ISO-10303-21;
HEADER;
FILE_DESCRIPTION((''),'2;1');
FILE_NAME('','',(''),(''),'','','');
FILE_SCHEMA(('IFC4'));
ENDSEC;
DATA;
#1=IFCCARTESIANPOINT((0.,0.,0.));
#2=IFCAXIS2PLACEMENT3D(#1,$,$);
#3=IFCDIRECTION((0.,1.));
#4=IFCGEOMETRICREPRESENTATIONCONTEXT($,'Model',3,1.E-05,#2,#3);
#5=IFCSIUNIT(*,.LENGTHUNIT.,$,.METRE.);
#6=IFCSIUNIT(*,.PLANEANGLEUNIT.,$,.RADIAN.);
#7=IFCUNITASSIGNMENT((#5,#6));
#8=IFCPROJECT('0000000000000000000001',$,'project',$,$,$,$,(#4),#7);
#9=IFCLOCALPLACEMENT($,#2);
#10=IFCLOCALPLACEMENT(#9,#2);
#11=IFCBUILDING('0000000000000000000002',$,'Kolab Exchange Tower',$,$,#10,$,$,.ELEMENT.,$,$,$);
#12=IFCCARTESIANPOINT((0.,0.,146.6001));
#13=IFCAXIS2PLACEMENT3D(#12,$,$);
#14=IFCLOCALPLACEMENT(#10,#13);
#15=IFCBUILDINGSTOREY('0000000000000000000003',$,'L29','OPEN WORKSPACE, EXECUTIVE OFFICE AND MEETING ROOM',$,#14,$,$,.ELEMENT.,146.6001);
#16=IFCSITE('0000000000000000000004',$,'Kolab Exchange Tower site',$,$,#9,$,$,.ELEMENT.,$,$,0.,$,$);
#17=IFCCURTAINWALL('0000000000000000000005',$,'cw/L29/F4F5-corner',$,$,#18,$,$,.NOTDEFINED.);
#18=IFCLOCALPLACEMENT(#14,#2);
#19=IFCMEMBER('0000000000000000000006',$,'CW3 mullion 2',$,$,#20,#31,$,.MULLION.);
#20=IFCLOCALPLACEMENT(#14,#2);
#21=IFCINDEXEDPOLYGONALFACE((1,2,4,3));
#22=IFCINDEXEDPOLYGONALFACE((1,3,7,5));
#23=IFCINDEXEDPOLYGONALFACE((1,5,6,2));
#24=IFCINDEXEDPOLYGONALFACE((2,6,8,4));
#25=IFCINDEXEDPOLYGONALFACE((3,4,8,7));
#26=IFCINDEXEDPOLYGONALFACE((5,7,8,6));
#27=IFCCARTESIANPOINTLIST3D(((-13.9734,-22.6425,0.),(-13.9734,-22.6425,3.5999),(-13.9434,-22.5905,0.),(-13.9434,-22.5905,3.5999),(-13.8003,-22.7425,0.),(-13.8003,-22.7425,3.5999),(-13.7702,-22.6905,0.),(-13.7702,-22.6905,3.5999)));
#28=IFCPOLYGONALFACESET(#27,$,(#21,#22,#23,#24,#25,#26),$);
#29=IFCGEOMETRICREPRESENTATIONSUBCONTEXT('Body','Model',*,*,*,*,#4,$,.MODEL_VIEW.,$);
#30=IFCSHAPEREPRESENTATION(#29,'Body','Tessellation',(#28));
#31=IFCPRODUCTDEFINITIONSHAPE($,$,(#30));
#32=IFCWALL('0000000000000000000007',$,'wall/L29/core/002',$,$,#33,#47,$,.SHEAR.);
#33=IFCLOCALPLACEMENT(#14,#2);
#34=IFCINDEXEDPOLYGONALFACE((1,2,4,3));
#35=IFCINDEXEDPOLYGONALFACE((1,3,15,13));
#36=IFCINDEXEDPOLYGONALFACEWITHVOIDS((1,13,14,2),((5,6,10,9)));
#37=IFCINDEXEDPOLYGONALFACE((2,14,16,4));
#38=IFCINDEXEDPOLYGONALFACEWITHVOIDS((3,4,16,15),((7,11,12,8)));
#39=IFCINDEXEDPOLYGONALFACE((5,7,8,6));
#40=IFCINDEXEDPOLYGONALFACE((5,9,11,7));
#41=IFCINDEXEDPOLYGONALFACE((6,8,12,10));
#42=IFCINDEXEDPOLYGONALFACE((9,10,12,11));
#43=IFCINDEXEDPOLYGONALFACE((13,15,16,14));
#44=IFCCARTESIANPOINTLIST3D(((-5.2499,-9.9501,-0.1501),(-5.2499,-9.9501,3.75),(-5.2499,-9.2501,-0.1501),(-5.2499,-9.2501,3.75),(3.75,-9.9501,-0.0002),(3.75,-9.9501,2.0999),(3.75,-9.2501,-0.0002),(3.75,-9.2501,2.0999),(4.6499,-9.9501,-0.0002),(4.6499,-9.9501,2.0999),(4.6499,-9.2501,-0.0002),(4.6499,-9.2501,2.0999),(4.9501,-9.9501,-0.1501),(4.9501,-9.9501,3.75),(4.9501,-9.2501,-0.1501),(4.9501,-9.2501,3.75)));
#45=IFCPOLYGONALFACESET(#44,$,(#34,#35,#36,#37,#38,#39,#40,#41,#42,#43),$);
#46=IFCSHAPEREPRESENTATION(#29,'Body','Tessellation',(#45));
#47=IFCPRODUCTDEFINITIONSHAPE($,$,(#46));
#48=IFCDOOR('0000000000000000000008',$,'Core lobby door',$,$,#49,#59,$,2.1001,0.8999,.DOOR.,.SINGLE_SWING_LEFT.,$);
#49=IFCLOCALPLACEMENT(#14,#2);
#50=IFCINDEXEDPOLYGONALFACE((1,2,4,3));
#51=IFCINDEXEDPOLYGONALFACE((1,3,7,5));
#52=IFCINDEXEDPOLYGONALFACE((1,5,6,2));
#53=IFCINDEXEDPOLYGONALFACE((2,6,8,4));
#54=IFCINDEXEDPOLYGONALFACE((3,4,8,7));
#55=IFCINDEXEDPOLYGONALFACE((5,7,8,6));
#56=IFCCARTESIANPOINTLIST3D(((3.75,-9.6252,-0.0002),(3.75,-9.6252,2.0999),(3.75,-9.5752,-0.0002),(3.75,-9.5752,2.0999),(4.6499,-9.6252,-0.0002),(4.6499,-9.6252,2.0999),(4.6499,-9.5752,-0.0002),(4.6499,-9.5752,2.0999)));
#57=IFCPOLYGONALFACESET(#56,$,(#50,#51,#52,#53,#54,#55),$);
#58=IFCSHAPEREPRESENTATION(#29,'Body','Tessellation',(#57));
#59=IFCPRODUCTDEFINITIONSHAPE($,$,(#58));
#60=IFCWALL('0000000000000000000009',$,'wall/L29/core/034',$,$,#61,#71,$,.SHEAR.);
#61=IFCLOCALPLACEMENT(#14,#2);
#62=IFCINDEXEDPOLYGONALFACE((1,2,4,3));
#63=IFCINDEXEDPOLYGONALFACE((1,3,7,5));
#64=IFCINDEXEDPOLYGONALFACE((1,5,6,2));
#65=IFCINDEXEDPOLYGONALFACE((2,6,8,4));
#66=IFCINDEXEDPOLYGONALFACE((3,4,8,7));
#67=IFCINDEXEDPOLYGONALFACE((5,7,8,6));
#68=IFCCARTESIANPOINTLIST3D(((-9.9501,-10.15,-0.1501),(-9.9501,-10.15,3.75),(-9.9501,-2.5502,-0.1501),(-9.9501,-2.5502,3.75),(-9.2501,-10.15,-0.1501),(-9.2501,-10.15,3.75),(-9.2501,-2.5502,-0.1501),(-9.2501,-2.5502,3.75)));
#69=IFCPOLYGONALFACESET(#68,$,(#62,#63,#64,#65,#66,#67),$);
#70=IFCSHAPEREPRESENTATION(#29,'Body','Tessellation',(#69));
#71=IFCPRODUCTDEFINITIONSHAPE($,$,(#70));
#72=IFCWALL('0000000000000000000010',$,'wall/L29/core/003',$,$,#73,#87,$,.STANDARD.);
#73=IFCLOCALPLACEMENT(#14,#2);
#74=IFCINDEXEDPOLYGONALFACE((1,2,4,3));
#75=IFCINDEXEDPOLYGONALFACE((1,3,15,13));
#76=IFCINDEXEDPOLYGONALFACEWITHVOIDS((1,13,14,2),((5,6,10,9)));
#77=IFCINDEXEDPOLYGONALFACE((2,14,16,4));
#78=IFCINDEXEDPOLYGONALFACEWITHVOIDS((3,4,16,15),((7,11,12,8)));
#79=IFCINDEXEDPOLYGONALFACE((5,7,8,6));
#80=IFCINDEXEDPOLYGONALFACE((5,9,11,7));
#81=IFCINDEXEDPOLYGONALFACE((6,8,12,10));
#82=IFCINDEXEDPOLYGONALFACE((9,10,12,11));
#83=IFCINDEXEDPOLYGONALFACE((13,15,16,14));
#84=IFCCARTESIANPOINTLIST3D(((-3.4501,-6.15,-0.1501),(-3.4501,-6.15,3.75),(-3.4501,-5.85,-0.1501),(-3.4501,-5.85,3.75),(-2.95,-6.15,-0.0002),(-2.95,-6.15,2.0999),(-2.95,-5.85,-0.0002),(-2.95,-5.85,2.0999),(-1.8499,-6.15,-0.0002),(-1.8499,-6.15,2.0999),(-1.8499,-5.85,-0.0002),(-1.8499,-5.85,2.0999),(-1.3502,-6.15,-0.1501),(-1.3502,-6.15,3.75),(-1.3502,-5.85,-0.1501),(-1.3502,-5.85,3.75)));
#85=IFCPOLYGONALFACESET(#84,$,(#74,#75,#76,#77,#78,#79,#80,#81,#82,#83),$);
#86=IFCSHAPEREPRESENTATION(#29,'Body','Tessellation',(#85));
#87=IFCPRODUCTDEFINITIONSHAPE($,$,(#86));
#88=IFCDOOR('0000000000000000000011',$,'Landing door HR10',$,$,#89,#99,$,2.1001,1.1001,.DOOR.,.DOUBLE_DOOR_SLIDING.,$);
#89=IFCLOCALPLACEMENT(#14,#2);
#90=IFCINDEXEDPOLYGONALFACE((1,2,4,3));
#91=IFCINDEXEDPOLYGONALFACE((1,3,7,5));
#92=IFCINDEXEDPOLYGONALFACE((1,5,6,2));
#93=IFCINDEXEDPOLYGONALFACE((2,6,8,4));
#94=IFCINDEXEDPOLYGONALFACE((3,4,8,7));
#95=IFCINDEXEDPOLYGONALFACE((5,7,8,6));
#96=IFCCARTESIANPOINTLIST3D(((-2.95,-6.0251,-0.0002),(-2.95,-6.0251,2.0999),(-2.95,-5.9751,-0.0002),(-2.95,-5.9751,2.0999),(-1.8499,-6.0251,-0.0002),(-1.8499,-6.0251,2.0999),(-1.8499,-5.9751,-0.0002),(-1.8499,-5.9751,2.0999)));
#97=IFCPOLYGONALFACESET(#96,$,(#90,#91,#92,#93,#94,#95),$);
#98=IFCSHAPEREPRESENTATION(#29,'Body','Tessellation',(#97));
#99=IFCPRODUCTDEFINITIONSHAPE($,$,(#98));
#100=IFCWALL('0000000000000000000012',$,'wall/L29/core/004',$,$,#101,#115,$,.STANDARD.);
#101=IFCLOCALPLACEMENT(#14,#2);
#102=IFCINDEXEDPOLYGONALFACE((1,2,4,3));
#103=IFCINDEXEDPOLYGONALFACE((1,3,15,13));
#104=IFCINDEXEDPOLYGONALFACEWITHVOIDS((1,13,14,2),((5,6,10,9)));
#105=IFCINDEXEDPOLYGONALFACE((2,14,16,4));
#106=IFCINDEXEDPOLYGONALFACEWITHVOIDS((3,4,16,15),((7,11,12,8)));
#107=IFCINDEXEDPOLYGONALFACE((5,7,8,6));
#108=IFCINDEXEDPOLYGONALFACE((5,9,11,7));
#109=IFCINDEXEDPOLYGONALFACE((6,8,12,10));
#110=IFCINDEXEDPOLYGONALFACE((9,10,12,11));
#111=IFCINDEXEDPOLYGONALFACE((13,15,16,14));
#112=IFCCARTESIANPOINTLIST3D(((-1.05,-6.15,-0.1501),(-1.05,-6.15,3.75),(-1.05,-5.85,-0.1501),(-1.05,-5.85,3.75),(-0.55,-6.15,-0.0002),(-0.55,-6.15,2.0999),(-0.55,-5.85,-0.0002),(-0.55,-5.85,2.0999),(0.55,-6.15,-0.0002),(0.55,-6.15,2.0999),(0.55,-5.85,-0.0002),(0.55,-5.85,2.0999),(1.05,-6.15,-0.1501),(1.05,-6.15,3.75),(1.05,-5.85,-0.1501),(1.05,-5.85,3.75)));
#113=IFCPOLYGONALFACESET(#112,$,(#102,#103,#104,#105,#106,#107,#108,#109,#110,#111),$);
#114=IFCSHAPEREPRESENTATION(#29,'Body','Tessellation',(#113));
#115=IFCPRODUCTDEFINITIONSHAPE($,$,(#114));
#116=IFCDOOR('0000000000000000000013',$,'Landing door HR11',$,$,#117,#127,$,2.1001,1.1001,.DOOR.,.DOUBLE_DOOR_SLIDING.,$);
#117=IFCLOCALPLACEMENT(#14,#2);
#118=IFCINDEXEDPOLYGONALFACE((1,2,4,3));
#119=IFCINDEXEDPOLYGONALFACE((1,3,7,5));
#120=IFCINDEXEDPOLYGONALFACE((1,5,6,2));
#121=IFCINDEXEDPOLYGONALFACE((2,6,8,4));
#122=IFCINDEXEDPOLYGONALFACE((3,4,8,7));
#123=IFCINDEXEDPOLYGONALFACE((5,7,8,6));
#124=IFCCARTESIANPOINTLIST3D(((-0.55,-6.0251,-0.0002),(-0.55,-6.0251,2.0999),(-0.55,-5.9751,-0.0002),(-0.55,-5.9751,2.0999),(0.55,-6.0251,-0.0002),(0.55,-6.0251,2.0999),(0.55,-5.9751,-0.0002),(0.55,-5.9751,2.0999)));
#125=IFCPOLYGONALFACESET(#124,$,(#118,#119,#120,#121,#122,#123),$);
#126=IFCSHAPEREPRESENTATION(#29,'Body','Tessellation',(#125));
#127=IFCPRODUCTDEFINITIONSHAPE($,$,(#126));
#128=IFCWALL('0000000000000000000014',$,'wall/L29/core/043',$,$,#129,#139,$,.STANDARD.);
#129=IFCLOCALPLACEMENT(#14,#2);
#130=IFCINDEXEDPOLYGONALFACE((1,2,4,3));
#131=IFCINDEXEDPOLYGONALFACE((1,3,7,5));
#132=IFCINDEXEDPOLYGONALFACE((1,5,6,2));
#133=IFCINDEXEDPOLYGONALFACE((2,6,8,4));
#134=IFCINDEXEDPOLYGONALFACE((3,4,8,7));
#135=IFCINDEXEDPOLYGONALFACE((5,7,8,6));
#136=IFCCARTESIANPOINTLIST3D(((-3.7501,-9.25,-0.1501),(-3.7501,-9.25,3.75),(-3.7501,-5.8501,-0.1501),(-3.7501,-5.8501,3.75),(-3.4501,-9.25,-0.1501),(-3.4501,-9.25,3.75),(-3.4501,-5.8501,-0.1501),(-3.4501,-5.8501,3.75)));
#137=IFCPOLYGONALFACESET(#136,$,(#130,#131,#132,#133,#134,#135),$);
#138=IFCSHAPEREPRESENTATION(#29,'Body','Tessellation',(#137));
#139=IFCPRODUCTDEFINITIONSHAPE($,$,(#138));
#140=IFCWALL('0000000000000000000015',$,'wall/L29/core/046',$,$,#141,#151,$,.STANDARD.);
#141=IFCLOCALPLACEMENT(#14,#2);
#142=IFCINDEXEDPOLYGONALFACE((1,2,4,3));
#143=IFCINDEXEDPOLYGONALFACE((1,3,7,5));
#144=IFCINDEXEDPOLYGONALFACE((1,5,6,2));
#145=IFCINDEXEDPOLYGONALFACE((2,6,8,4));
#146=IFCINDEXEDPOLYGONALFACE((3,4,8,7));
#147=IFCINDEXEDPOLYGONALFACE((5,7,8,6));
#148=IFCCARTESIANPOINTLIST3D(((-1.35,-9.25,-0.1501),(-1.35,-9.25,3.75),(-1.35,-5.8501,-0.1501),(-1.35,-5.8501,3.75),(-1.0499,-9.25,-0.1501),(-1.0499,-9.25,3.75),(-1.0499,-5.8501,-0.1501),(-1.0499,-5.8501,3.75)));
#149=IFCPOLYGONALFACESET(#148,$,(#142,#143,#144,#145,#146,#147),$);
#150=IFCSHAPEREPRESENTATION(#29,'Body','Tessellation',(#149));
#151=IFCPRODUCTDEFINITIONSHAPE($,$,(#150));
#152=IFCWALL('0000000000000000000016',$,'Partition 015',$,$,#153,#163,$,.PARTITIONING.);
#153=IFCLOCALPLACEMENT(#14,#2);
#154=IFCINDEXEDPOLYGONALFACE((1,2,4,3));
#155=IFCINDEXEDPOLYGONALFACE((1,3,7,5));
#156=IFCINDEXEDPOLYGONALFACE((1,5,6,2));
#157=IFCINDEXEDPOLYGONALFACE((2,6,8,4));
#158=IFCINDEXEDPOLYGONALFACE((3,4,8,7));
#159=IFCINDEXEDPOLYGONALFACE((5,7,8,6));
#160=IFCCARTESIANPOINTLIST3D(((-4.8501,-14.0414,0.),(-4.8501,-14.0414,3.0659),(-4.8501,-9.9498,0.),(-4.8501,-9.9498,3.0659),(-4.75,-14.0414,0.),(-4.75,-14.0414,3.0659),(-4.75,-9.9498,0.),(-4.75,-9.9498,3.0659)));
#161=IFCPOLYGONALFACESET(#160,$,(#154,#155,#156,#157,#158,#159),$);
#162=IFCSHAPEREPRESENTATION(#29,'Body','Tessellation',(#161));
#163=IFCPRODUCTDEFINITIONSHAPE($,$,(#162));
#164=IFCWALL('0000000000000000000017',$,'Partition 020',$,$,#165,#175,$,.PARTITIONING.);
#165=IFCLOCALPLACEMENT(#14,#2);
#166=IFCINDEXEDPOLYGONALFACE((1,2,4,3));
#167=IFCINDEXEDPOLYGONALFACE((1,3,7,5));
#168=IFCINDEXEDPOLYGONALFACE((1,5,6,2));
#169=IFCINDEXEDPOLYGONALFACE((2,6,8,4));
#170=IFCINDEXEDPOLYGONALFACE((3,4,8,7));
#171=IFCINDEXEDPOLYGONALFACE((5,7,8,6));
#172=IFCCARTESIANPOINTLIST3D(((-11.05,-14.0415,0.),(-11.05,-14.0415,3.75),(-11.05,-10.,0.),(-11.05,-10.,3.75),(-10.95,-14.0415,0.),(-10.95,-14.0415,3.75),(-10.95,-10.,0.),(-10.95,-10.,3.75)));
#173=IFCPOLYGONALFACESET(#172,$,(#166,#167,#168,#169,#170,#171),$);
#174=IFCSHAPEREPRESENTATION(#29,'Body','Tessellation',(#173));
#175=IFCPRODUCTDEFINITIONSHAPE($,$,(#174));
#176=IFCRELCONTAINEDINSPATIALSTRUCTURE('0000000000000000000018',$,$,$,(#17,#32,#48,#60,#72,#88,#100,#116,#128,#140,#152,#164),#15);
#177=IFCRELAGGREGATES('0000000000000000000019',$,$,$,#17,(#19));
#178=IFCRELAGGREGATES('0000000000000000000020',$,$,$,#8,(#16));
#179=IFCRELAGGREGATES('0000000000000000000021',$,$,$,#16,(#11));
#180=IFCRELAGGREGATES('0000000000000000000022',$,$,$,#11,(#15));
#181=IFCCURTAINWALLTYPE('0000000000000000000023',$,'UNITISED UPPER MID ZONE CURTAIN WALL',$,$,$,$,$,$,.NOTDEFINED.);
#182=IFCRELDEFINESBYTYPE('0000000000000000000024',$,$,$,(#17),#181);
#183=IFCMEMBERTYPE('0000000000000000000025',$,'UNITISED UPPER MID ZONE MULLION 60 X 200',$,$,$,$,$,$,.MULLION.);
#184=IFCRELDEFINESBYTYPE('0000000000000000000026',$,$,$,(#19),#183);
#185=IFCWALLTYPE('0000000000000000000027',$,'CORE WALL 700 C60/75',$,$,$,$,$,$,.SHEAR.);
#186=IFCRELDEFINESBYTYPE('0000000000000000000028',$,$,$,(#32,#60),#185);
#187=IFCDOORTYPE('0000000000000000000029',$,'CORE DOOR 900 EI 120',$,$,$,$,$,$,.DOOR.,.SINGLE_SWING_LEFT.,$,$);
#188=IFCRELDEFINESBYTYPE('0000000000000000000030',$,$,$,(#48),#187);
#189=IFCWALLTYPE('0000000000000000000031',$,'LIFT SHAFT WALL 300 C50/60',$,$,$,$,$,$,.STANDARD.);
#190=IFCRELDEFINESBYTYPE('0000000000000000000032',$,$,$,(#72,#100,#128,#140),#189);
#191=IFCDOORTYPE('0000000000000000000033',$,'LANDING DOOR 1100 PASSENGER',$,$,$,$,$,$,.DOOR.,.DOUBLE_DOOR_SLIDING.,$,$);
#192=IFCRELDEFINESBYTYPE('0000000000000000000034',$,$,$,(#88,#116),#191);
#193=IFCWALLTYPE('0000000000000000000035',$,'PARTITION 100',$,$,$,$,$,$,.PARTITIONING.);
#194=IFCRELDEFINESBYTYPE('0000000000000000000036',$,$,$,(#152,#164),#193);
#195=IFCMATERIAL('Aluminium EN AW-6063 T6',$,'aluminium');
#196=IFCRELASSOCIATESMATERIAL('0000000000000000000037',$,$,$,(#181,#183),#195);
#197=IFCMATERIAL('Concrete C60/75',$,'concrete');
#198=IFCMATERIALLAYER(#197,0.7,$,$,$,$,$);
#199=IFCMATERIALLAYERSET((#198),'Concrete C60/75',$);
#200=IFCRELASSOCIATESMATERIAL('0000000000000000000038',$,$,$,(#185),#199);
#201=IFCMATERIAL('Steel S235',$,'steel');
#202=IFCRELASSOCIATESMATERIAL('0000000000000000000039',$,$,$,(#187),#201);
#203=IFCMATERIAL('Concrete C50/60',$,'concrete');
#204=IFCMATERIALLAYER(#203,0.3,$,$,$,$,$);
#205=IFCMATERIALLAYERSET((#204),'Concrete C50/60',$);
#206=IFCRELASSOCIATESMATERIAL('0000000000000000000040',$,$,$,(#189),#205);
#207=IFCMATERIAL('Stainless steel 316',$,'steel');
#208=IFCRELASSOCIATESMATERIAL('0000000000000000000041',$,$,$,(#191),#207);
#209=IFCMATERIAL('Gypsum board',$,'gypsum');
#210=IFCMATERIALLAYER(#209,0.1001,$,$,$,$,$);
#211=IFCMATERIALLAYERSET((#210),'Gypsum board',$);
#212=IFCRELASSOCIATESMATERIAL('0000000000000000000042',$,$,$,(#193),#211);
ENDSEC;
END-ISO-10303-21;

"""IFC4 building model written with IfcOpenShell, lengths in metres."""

from ifc_helpers import new_model, si_unit, direction, frame, frame_2d, origin, origin_2d, place, context, subcontext, project, spatial, rectangle, extrude, material, layer, layer_set, material_profile, profile_set, type_object, element, fill, aggregate, save


model = new_model("IFC4")

# Units and contexts
model_context = context("Model", 3, precision=1e-05, world=origin(), true_north=direction((0.0, 1.0)))
body_context = subcontext(model_context, "Body", "Model", "MODEL_VIEW")
ifc_project = project(units=[si_unit("LENGTHUNIT", "METRE"), si_unit("PLANEANGLEUNIT", "RADIAN")], contexts=[model_context])

# Site, building, storey
site_placement = place(None, origin())
site = spatial("IfcSite", under=ifc_project, at=site_placement, Name="Kolab Exchange Tower site", CompositionType="ELEMENT", RefElevation=0.0)
building_placement = place(site_placement, origin())
building = spatial("IfcBuilding", under=site, at=building_placement, Name="Kolab Exchange Tower", CompositionType="ELEMENT")
storey_placement = place(building_placement, frame((0.0, 0.0, 146.6001)))
storey = spatial("IfcBuildingStorey", under=building, at=storey_placement, Name="L29", Description="OPEN WORKSPACE, EXECUTIVE OFFICE AND MEETING ROOM", CompositionType="ELEMENT", Elevation=146.6001)

# Curtain wall, member
ifc_material_1 = material(Name="Aluminium EN AW-6063 T6", Category="aluminium")
curtain_wall_type = type_object("IfcCurtainWallType", Name="UNITISED UPPER MID ZONE CURTAIN WALL", PredefinedType="NOTDEFINED", material=ifc_material_1)
curtain_wall_placement = place(storey_placement, origin())
curtain_wall = element("IfcCurtainWall", 1, at=curtain_wall_placement, inside=storey, type_object=curtain_wall_type, Name="cw/L29/F4F5-corner", PredefinedType="NOTDEFINED")
ifc_material_profile = material_profile(ifc_material_1, rectangle(XDim=0.0601, YDim=0.2, at=origin_2d()), Name="RECT 60X200")
ifc_profile_set = profile_set([ifc_material_profile], Name="Aluminium EN AW-6063 T6")
member_type = type_object("IfcMemberType", Name="UNITISED UPPER MID ZONE MULLION 60 X 200", PredefinedType="MULLION", material=ifc_profile_set)
member_placement = place(storey_placement, frame((-13.8718, -22.6665, 0.0), z_axis=(0.0, 0.0, 1.0), x_axis=(-0.5, -0.866025, 0.0)))
member = element("IfcMember", 2, at=member_placement, type_object=member_type, Name="CW3 mullion 2", PredefinedType="MULLION", context=body_context, shape_type="SweptSolid", body=[
    extrude(rectangle(XDim=0.0601, YDim=0.2, at=origin_2d()), origin(), (0.0, 0.0, 1.0), 3.5999),
])
aggregate(curtain_wall, [member])

# Wall, opening, door
ifc_material_2 = material(Name="Concrete C60/75", Category="concrete")
ifc_layer_1 = layer(ifc_material_2, 0.7)
ifc_layer_set_1 = layer_set([ifc_layer_1], Name="Concrete C60/75")
wall_type_1 = type_object("IfcWallType", Name="CORE WALL 700 C60/75", PredefinedType="SHEAR", material=ifc_layer_set_1)
wall_1_placement = place(storey_placement, frame((-5.25, -9.6001, -0.1501), z_axis=(0.0, 0.0, 1.0), x_axis=(1.0, 0.0, 0.0)))
wall_1 = element("IfcWall", 3, at=wall_1_placement, inside=storey, type_object=wall_type_1, Name="wall/L29/core/002", PredefinedType="SHEAR", context=body_context, shape_type="SweptSolid", body=[
    extrude(rectangle(XDim=10.2, YDim=0.7, at=frame_2d((5.1001, 0.0))), origin(), (0.0, 0.0, 1.0), 3.9001),
])
opening_1_placement = place(wall_1_placement, frame((9.0, 0.0, 0.1499)))
opening_1 = element("IfcOpeningElement", 4, at=opening_1_placement, cuts=wall_1, PredefinedType="OPENING", context=body_context, shape_type="SweptSolid", body=[
    extrude(rectangle(XDim=0.8999, YDim=2.1001, at=frame_2d((0.45, 1.05))), frame((0.0, 0.3599, 0.0), z_axis=(0.0, -1.0, 0.0), x_axis=(1.0, 0.0, 0.0)), (0.0, 0.0, 1.0), 0.72),
])
ifc_material_3 = material(Name="Steel S235", Category="steel")
door_type_1 = type_object("IfcDoorType", Name="CORE DOOR 900 EI 120", OperationType="SINGLE_SWING_LEFT", PredefinedType="DOOR", material=ifc_material_3)
door_1_placement = place(opening_1_placement, origin())
door_1 = element("IfcDoor", 5, at=door_1_placement, inside=storey, type_object=door_type_1, Name="Core lobby door", OperationType="SINGLE_SWING_LEFT", OverallHeight=2.1001, OverallWidth=0.8999, PredefinedType="DOOR", context=body_context, shape_type="SweptSolid", body=[
    extrude(rectangle(XDim=0.8999, YDim=2.1001, at=frame_2d((0.45, 1.05))), frame((0.0, 0.0249, 0.0), z_axis=(0.0, -1.0, 0.0), x_axis=(1.0, 0.0, 0.0)), (0.0, 0.0, 1.0), 0.05),
])
fill(opening_1, door_1)

# Wall
wall_2_placement = place(storey_placement, frame((-9.6001, -10.1499, -0.1501), z_axis=(0.0, 0.0, 1.0), x_axis=(0.0, 1.0, 0.0)))
element("IfcWall", 6, at=wall_2_placement, inside=storey, type_object=wall_type_1, Name="wall/L29/core/034", PredefinedType="SHEAR", context=body_context, shape_type="SweptSolid", body=[
    extrude(rectangle(XDim=7.5999, YDim=0.7, at=frame_2d((3.7998, 0.0))), origin(), (0.0, 0.0, 1.0), 3.9001),
])

# Walls, openings, doors
ifc_material_4 = material(Name="Concrete C50/60", Category="concrete")
ifc_layer_2 = layer(ifc_material_4, 0.3)
ifc_layer_set_2 = layer_set([ifc_layer_2], Name="Concrete C50/60")
wall_type_2 = type_object("IfcWallType", Name="LIFT SHAFT WALL 300 C50/60", PredefinedType="STANDARD", material=ifc_layer_set_2)
wall_3_placement = place(storey_placement, frame((-3.45, -6.0, -0.1501), z_axis=(0.0, 0.0, 1.0), x_axis=(1.0, 0.0, 0.0)))
wall_3 = element("IfcWall", 7, at=wall_3_placement, inside=storey, type_object=wall_type_2, Name="wall/L29/core/003", PredefinedType="STANDARD", context=body_context, shape_type="SweptSolid", body=[
    extrude(rectangle(XDim=2.0999, YDim=0.3, at=frame_2d((1.0498, 0.0))), origin(), (0.0, 0.0, 1.0), 3.9001),
])
opening_2_placement = place(wall_3_placement, frame((0.5, 0.0, 0.1499)))
opening_2 = element("IfcOpeningElement", 8, at=opening_2_placement, cuts=wall_3, PredefinedType="OPENING", context=body_context, shape_type="SweptSolid", body=[
    extrude(rectangle(XDim=1.1001, YDim=2.1001, at=frame_2d((0.55, 1.05))), frame((0.0, 0.1602, 0.0), z_axis=(0.0, -1.0, 0.0), x_axis=(1.0, 0.0, 0.0)), (0.0, 0.0, 1.0), 0.3201),
])
ifc_material_5 = material(Name="Stainless steel 316", Category="steel")
door_type_2 = type_object("IfcDoorType", Name="LANDING DOOR 1100 PASSENGER", OperationType="DOUBLE_DOOR_SLIDING", PredefinedType="DOOR", material=ifc_material_5)
door_2_placement = place(opening_2_placement, origin())
door_2 = element("IfcDoor", 9, at=door_2_placement, inside=storey, type_object=door_type_2, Name="Landing door HR10", OperationType="DOUBLE_DOOR_SLIDING", OverallHeight=2.1001, OverallWidth=1.1001, PredefinedType="DOOR", context=body_context, shape_type="SweptSolid", body=[
    extrude(rectangle(XDim=1.1001, YDim=2.1001, at=frame_2d((0.55, 1.05))), frame((0.0, 0.0249, 0.0), z_axis=(0.0, -1.0, 0.0), x_axis=(1.0, 0.0, 0.0)), (0.0, 0.0, 1.0), 0.05),
])
fill(opening_2, door_2)
wall_4_placement = place(storey_placement, frame((-1.05, -6.0, -0.1501), z_axis=(0.0, 0.0, 1.0), x_axis=(1.0, 0.0, 0.0)))
wall_4 = element("IfcWall", 10, at=wall_4_placement, inside=storey, type_object=wall_type_2, Name="wall/L29/core/004", PredefinedType="STANDARD", context=body_context, shape_type="SweptSolid", body=[
    extrude(rectangle(XDim=2.1001, YDim=0.3, at=frame_2d((1.05, 0.0))), origin(), (0.0, 0.0, 1.0), 3.9001),
])
opening_3_placement = place(wall_4_placement, frame((0.5, 0.0, 0.1499)))
opening_3 = element("IfcOpeningElement", 11, at=opening_3_placement, cuts=wall_4, PredefinedType="OPENING", context=body_context, shape_type="SweptSolid", body=[
    extrude(rectangle(XDim=1.1001, YDim=2.1001, at=frame_2d((0.55, 1.05))), frame((0.0, 0.1602, 0.0), z_axis=(0.0, -1.0, 0.0), x_axis=(1.0, 0.0, 0.0)), (0.0, 0.0, 1.0), 0.3201),
])
door_3_placement = place(opening_3_placement, origin())
door_3 = element("IfcDoor", 12, at=door_3_placement, inside=storey, type_object=door_type_2, Name="Landing door HR11", OperationType="DOUBLE_DOOR_SLIDING", OverallHeight=2.1001, OverallWidth=1.1001, PredefinedType="DOOR", context=body_context, shape_type="SweptSolid", body=[
    extrude(rectangle(XDim=1.1001, YDim=2.1001, at=frame_2d((0.55, 1.05))), frame((0.0, 0.0249, 0.0), z_axis=(0.0, -1.0, 0.0), x_axis=(1.0, 0.0, 0.0)), (0.0, 0.0, 1.0), 0.05),
])
fill(opening_3, door_3)

# Walls
for number, where, z_axis, x_axis, name in (
    (13, (-3.6001, -9.25, -0.1501), (0.0, 0.0, 1.0), (0.0, 1.0, 0.0), "wall/L29/core/043"),
    (14, (-1.2, -9.25, -0.1501), (0.0, 0.0, 1.0), (0.0, 1.0, 0.0), "wall/L29/core/046"),
):
    element("IfcWall", number, at=place(storey_placement, frame(where, z_axis=z_axis, x_axis=x_axis)), inside=storey, type_object=wall_type_2, Name=name, PredefinedType="STANDARD", context=body_context, shape_type="SweptSolid", body=[
        extrude(rectangle(XDim=3.3999, YDim=0.3, at=frame_2d((1.7, 0.0))), origin(), (0.0, 0.0, 1.0), 3.9001),
    ])
ifc_material_6 = material(Name="Gypsum board", Category="gypsum")
ifc_layer_3 = layer(ifc_material_6, 0.1001)
ifc_layer_set_3 = layer_set([ifc_layer_3], Name="Gypsum board")
wall_type_3 = type_object("IfcWallType", Name="PARTITION 100", PredefinedType="PARTITIONING", material=ifc_layer_set_3)
wall_5_placement = place(storey_placement, frame((-4.8, -14.0415, 0.0), z_axis=(0.0, 0.0, 1.0), x_axis=(0.0, 1.0, 0.0)))
element("IfcWall", 15, at=wall_5_placement, inside=storey, type_object=wall_type_3, Name="Partition 015", PredefinedType="PARTITIONING", context=body_context, shape_type="SweptSolid", body=[
    extrude(rectangle(XDim=4.0916, YDim=0.1001, at=frame_2d((2.0459, 0.0))), origin(), (0.0, 0.0, 1.0), 3.0659),
])
wall_6_placement = place(storey_placement, frame((-11.0, -14.0415, 0.0), z_axis=(0.0, 0.0, 1.0), x_axis=(0.0, 1.0, 0.0)))
element("IfcWall", 16, at=wall_6_placement, inside=storey, type_object=wall_type_3, Name="Partition 020", PredefinedType="PARTITIONING", context=body_context, shape_type="SweptSolid", body=[
    extrude(rectangle(XDim=4.0415, YDim=0.1001, at=frame_2d((2.0208, 0.0))), origin(), (0.0, 0.0, 1.0), 3.75),
])

save(model, "model.ifc")
